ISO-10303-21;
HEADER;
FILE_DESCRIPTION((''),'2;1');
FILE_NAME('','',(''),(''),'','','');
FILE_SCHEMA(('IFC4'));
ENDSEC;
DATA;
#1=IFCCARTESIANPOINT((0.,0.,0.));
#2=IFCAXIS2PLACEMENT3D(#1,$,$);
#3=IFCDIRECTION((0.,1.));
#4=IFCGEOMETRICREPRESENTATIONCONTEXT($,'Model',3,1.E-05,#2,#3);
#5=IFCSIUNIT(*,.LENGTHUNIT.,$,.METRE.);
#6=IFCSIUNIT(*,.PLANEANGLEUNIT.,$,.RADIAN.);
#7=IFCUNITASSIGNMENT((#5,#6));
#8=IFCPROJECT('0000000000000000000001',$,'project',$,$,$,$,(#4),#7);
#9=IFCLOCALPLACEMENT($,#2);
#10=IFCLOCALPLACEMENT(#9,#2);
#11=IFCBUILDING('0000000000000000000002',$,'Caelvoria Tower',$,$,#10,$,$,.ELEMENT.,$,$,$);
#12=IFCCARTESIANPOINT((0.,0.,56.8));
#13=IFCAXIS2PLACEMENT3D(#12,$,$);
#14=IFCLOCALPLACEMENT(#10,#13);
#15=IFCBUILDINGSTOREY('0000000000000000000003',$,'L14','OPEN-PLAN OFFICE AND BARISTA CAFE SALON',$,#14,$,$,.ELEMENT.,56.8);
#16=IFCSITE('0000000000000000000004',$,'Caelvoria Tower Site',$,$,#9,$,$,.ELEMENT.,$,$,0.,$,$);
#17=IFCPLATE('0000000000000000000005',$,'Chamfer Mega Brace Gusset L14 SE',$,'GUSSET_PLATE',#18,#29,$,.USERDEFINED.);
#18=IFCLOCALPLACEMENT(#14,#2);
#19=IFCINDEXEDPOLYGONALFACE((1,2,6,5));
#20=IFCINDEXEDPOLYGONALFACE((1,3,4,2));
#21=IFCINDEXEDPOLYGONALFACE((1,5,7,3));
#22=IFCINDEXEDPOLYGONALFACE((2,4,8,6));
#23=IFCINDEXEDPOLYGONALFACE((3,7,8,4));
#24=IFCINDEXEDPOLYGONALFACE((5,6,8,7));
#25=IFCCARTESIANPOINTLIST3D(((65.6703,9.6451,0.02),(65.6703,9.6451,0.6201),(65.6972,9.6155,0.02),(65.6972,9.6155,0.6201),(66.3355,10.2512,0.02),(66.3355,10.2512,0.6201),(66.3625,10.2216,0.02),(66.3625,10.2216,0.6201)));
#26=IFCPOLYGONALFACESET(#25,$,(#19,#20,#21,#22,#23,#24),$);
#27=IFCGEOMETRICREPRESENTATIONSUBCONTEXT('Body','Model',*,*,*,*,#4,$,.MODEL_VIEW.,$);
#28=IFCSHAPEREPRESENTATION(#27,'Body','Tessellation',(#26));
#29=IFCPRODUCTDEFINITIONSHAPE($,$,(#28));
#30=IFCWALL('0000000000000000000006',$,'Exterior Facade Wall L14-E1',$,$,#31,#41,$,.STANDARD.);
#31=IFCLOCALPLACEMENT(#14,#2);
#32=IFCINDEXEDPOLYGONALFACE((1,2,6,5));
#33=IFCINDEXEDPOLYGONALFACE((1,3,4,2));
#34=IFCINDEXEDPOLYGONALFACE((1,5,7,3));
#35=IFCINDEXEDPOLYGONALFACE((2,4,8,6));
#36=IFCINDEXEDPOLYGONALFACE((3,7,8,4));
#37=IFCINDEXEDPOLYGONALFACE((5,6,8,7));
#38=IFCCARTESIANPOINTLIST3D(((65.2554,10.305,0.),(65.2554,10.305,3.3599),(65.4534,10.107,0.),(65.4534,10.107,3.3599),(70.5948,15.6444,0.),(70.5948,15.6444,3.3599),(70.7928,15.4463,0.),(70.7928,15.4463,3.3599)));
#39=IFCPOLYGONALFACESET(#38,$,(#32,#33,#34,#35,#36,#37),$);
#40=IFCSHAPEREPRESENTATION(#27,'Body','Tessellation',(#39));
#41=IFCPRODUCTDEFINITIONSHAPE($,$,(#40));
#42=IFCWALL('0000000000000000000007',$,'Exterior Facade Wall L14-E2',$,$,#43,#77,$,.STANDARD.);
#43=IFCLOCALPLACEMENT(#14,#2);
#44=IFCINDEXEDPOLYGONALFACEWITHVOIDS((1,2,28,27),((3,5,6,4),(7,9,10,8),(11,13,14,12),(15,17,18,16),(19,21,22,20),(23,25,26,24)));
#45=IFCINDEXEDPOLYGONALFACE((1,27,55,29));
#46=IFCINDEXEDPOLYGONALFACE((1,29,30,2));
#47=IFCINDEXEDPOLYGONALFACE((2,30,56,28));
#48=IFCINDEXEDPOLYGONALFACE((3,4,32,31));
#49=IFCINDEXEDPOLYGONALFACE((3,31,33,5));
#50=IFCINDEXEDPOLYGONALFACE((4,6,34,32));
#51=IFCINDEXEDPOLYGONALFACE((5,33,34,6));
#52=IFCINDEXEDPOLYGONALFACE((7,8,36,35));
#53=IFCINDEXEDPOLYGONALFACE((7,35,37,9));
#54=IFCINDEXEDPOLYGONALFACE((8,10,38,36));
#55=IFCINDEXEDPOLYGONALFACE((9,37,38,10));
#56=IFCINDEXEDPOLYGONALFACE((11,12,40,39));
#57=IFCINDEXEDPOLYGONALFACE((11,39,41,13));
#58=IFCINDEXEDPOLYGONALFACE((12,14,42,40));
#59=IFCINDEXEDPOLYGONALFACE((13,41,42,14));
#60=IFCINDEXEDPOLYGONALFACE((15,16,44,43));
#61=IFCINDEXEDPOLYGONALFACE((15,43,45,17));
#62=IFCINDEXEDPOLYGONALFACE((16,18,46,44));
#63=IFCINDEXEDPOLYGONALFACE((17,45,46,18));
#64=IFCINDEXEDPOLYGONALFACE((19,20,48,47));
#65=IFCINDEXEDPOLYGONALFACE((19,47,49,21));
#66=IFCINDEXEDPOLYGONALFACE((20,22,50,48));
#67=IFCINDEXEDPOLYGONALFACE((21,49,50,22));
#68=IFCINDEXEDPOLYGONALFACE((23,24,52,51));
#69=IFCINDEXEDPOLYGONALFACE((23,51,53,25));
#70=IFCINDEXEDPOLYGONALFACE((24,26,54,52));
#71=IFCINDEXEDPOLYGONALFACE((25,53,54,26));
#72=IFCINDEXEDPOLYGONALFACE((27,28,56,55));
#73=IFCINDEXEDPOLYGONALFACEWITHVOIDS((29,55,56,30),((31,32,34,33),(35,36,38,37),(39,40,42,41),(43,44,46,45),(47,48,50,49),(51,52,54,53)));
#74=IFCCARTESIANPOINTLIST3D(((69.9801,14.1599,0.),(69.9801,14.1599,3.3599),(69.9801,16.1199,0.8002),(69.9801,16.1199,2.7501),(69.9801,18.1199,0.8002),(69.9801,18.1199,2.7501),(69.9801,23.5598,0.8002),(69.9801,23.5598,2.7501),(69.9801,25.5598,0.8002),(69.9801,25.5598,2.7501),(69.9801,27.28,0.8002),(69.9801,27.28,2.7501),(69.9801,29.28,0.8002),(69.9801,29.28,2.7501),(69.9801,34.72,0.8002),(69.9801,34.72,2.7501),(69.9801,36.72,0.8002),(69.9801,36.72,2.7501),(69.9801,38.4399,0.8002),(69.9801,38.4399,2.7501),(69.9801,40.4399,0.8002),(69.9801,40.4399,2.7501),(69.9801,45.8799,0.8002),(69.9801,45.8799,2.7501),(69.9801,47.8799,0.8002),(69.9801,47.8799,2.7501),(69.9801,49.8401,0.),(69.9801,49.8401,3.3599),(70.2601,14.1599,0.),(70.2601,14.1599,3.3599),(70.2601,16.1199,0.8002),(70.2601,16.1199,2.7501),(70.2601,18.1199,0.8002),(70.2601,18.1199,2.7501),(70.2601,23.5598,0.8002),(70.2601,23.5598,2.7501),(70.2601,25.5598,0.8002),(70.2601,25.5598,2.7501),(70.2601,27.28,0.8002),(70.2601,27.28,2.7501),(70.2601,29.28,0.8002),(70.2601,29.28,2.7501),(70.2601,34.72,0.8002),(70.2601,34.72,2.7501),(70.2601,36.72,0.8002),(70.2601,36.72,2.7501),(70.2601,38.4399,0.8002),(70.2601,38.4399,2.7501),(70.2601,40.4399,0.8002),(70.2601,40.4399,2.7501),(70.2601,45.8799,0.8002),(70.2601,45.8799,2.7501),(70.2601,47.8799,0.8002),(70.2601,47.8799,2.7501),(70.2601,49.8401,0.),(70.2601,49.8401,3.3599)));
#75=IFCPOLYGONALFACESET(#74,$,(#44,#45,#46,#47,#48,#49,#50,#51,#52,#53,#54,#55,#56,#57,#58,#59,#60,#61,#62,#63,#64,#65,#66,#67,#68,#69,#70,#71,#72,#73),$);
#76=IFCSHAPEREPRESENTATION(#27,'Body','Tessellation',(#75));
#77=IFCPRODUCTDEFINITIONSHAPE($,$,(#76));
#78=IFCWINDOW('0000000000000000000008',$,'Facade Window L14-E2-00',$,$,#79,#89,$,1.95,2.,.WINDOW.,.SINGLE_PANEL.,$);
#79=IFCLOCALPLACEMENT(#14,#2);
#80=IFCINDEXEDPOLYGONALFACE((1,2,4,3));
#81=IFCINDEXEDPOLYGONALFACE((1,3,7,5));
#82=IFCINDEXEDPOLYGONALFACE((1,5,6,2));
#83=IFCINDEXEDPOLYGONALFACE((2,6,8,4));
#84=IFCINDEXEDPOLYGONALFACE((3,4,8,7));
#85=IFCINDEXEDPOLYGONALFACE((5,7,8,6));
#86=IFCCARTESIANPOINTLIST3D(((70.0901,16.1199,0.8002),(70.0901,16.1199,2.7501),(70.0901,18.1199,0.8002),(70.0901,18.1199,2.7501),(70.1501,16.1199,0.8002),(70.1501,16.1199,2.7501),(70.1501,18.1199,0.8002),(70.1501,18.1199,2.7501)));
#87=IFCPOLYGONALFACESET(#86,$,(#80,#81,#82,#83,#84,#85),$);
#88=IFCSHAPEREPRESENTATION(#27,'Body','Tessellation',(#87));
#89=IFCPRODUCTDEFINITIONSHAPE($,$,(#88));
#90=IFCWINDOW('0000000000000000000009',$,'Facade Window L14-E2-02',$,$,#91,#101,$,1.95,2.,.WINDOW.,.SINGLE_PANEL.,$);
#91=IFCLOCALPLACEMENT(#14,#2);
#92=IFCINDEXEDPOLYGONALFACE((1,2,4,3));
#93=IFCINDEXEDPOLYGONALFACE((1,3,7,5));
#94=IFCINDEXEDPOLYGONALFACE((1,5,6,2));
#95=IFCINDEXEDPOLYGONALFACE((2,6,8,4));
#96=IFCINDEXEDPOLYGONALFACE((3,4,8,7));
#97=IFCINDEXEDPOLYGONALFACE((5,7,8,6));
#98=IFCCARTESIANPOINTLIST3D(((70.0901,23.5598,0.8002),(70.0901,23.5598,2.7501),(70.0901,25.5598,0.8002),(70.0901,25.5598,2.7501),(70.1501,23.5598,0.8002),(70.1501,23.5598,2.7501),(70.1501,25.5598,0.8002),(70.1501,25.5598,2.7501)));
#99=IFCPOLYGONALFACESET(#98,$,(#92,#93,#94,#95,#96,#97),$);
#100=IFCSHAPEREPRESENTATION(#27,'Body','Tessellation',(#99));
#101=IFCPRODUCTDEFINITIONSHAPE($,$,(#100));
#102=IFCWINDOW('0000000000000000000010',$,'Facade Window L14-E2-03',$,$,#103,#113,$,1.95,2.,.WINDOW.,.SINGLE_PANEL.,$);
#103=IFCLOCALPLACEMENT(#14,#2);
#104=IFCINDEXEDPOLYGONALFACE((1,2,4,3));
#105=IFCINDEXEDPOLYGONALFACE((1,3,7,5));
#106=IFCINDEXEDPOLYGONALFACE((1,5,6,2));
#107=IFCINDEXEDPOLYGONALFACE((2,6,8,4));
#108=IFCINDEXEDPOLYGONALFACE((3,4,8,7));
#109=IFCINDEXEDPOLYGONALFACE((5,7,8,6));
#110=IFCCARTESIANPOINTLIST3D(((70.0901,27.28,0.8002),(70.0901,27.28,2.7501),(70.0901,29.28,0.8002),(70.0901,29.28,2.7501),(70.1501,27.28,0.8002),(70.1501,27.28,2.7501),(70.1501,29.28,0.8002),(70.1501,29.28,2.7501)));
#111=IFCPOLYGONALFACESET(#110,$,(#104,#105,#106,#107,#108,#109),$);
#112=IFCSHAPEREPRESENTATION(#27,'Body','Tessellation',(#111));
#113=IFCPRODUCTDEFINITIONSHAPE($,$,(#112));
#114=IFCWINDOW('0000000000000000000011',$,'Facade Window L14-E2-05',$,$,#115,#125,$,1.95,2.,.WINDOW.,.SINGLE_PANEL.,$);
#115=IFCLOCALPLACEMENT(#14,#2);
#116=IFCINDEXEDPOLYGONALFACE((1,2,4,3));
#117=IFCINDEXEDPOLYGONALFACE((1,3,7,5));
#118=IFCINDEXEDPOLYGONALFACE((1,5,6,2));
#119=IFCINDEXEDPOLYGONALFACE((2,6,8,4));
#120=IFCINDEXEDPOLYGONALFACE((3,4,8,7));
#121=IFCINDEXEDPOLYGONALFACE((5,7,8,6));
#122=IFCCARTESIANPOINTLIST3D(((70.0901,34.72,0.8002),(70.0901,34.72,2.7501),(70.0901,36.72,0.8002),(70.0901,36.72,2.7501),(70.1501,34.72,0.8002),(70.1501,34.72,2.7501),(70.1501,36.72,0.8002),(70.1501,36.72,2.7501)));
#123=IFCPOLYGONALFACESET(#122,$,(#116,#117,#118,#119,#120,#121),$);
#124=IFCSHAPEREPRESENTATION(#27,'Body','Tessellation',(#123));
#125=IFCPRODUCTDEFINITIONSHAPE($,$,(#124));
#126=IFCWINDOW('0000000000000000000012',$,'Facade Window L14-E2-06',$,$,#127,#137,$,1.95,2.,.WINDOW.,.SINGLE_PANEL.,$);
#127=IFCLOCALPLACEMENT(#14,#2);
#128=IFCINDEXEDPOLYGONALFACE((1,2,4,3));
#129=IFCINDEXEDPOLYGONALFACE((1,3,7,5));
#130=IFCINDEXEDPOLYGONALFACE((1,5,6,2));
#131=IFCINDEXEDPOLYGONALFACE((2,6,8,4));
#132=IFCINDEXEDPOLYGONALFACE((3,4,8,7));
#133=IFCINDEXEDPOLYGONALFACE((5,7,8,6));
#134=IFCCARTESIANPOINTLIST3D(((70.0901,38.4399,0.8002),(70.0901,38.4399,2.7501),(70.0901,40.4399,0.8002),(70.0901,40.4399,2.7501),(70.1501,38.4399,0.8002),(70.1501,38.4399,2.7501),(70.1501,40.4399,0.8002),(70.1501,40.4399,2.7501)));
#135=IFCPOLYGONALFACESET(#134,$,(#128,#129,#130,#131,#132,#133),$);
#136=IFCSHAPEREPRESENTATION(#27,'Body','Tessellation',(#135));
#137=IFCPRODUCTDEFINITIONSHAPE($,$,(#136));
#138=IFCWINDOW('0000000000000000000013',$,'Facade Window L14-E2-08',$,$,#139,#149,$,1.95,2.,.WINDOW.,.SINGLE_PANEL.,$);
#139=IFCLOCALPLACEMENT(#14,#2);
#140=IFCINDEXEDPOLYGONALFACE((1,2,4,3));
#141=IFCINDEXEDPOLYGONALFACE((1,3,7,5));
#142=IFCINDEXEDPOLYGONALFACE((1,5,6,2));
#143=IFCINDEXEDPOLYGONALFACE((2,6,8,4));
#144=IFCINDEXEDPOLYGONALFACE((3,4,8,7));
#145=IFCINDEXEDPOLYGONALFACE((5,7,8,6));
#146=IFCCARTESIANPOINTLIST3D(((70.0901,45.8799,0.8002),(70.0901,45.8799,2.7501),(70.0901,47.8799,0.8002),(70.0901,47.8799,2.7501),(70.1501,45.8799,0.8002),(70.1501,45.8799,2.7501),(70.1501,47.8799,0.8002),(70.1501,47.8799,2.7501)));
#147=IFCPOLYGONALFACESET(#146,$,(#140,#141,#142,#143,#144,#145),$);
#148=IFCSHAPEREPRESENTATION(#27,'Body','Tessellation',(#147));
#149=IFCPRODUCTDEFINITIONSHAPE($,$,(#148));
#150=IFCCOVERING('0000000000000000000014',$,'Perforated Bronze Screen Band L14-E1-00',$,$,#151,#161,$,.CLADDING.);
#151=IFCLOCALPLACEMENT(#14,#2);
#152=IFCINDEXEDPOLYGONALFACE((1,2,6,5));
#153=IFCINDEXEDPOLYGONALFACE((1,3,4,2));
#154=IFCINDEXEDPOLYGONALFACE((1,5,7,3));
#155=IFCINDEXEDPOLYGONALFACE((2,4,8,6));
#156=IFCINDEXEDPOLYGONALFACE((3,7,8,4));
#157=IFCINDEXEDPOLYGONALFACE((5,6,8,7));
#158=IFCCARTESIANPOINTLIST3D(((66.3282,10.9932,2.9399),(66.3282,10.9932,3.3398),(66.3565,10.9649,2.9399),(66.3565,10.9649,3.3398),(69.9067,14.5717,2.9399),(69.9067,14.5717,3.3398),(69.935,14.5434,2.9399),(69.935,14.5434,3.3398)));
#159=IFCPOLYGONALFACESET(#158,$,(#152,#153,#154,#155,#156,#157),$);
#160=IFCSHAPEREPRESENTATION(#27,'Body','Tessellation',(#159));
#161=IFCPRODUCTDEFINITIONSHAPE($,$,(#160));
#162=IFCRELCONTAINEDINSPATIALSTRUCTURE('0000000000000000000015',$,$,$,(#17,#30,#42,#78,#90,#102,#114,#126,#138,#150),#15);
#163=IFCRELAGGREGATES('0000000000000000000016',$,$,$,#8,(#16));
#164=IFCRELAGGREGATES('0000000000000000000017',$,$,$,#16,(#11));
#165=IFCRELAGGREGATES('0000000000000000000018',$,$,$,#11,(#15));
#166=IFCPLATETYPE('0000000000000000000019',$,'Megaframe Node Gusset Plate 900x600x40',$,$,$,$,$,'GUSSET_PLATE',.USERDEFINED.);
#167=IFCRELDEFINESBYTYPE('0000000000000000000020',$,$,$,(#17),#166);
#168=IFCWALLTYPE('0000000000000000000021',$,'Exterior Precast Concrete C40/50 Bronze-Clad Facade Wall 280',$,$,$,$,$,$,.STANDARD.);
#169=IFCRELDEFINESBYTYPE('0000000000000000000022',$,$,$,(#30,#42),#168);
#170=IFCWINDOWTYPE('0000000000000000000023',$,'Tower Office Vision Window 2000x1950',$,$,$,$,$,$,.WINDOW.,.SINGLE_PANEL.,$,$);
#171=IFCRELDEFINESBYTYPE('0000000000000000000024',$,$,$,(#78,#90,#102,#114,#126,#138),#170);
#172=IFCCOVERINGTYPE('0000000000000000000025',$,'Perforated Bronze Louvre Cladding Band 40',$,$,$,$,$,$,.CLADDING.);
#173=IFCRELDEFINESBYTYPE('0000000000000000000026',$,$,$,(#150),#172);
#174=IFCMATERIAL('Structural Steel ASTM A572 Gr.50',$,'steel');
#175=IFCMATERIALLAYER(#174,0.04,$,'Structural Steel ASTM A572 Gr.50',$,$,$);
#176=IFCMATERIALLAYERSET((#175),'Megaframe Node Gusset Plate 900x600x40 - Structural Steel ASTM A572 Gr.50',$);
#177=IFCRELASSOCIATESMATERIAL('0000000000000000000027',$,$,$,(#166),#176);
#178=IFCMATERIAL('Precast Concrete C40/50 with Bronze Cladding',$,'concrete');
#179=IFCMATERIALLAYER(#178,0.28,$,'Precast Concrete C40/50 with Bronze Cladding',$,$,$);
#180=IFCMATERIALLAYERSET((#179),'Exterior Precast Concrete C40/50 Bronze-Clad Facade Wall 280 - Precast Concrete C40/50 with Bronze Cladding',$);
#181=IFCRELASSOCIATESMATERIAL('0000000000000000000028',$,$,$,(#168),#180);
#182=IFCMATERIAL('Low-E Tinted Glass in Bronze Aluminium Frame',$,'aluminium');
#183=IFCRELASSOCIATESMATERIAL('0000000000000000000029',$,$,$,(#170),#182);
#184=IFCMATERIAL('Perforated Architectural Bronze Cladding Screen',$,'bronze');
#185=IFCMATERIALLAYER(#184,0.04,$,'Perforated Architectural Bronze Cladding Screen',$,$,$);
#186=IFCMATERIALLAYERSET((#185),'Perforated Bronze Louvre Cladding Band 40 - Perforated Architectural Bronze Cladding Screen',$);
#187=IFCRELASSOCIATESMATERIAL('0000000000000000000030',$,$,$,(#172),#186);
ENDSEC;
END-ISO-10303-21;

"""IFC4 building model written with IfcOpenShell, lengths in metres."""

from ifc_helpers import new_model, si_unit, direction, frame, frame_2d, origin, origin_2d, place, context, subcontext, project, spatial, rectangle, extrude, material, layer, layer_set, type_object, element, fill, save


model = new_model("IFC4")

# Units and contexts
model_context = context("Model", 3, precision=1e-05, world=origin(), true_north=direction((0.0, 1.0)))
body_context = subcontext(model_context, "Body", "Model", "MODEL_VIEW")
ifc_project = project(units=[si_unit("LENGTHUNIT", "METRE"), si_unit("PLANEANGLEUNIT", "RADIAN")], contexts=[model_context])

# Site, building, storey
site_placement = place(None, origin())
site = spatial("IfcSite", under=ifc_project, at=site_placement, Name="Caelvoria Tower Site", CompositionType="ELEMENT", RefElevation=0.0)
building_placement = place(site_placement, origin())
building = spatial("IfcBuilding", under=site, at=building_placement, Name="Caelvoria Tower", CompositionType="ELEMENT")
storey_placement = place(building_placement, frame((0.0, 0.0, 56.8)))
storey = spatial("IfcBuildingStorey", under=building, at=storey_placement, Name="L14", Description="OPEN-PLAN OFFICE AND BARISTA CAFE SALON", CompositionType="ELEMENT", Elevation=56.8)

# Shared definitions
ifc_material_1 = material(Name="Structural Steel ASTM A572 Gr.50", Category="steel")

# Plate
ifc_layer_1 = layer(ifc_material_1, 0.04, Name="Structural Steel ASTM A572 Gr.50")
ifc_layer_set_1 = layer_set([ifc_layer_1], Name="Megaframe Node Gusset Plate 900x600x40 - Structural Steel ASTM A572 Gr.50")
plate_type = type_object("IfcPlateType", Name="Megaframe Node Gusset Plate 900x600x40", ElementType="GUSSET_PLATE", PredefinedType="USERDEFINED", material=ifc_layer_set_1)
plate_placement = place(storey_placement, frame((66.0164, 9.9333, 0.02), z_axis=(0.0, 0.0, 1.0), x_axis=(0.739221, 0.673463, 0.0)))
element("IfcPlate", 1, at=plate_placement, inside=storey, type_object=plate_type, Name="Chamfer Mega Brace Gusset L14 SE", ObjectType="GUSSET_PLATE", PredefinedType="USERDEFINED", context=body_context, shape_type="SweptSolid", body=[
    extrude(rectangle(XDim=0.8999, YDim=0.04, at=origin_2d()), origin(), (0.0, 0.0, 1.0), 0.6001),
])

# Wall
ifc_material_2 = material(Name="Precast Concrete C40/50 with Bronze Cladding", Category="concrete")
ifc_layer_2 = layer(ifc_material_2, 0.28, Name="Precast Concrete C40/50 with Bronze Cladding")
ifc_layer_set_2 = layer_set([ifc_layer_2], Name="Exterior Precast Concrete C40/50 Bronze-Clad Facade Wall 280 - Precast Concrete C40/50 with Bronze Cladding")
wall_type = type_object("IfcWallType", Name="Exterior Precast Concrete C40/50 Bronze-Clad Facade Wall 280", PredefinedType="STANDARD", material=ifc_layer_set_2)
wall_1_placement = place(storey_placement, frame((65.3545, 10.2061, 0.0), z_axis=(0.0, 0.0, 1.0), x_axis=(0.707107, 0.707107, 0.0)))
element("IfcWall", 2, at=wall_1_placement, inside=storey, type_object=wall_type, Name="Exterior Facade Wall L14-E1", PredefinedType="STANDARD", context=body_context, shape_type="SweptSolid", body=[
    extrude(rectangle(XDim=7.551, YDim=0.28, at=frame_2d((3.7754, 0.0))), origin(), (0.0, 0.0, 1.0), 3.3599),
])

# Wall, openings, windows
wall_2_placement = place(storey_placement, frame((70.1201, 14.1599, 0.0), z_axis=(0.0, 0.0, 1.0), x_axis=(0.0, 1.0, 0.0)))
wall_2 = element("IfcWall", 3, at=wall_2_placement, inside=storey, type_object=wall_type, Name="Exterior Facade Wall L14-E2", PredefinedType="STANDARD", context=body_context, shape_type="SweptSolid", body=[
    extrude(rectangle(XDim=35.6802, YDim=0.28, at=frame_2d((17.8401, 0.0))), origin(), (0.0, 0.0, 1.0), 3.3599),
])
opening_1_placement = place(wall_2_placement, frame((1.96, 0.0, 0.8)))
opening_1 = element("IfcOpeningElement", 4, at=opening_1_placement, cuts=wall_2, PredefinedType="OPENING", context=body_context, shape_type="SweptSolid", body=[
    extrude(rectangle(XDim=2.0, YDim=1.95, at=frame_2d((1.0, 0.9751))), frame((0.0, 0.1499, 0.0), z_axis=(0.0, -1.0, 0.0), x_axis=(1.0, 0.0, 0.0)), (0.0, 0.0, 1.0), 0.3),
])
opening_2_placement = place(wall_2_placement, frame((9.3999, 0.0, 0.8)))
opening_2 = element("IfcOpeningElement", 5, at=opening_2_placement, cuts=wall_2, PredefinedType="OPENING", context=body_context, shape_type="SweptSolid", body=[
    extrude(rectangle(XDim=2.0, YDim=1.95, at=frame_2d((1.0, 0.9751))), frame((0.0, 0.1499, 0.0), z_axis=(0.0, -1.0, 0.0), x_axis=(1.0, 0.0, 0.0)), (0.0, 0.0, 1.0), 0.3),
])
opening_3_placement = place(wall_2_placement, frame((13.1201, 0.0, 0.8)))
opening_3 = element("IfcOpeningElement", 6, at=opening_3_placement, cuts=wall_2, PredefinedType="OPENING", context=body_context, shape_type="SweptSolid", body=[
    extrude(rectangle(XDim=2.0, YDim=1.95, at=frame_2d((1.0, 0.9751))), frame((0.0, 0.1499, 0.0), z_axis=(0.0, -1.0, 0.0), x_axis=(1.0, 0.0, 0.0)), (0.0, 0.0, 1.0), 0.3),
])
opening_4_placement = place(wall_2_placement, frame((20.5601, 0.0, 0.8)))
opening_4 = element("IfcOpeningElement", 7, at=opening_4_placement, cuts=wall_2, PredefinedType="OPENING", context=body_context, shape_type="SweptSolid", body=[
    extrude(rectangle(XDim=2.0, YDim=1.95, at=frame_2d((1.0, 0.9751))), frame((0.0, 0.1499, 0.0), z_axis=(0.0, -1.0, 0.0), x_axis=(1.0, 0.0, 0.0)), (0.0, 0.0, 1.0), 0.3),
])
opening_5_placement = place(wall_2_placement, frame((24.28, 0.0, 0.8)))
opening_5 = element("IfcOpeningElement", 8, at=opening_5_placement, cuts=wall_2, PredefinedType="OPENING", context=body_context, shape_type="SweptSolid", body=[
    extrude(rectangle(XDim=2.0, YDim=1.95, at=frame_2d((1.0, 0.9751))), frame((0.0, 0.1499, 0.0), z_axis=(0.0, -1.0, 0.0), x_axis=(1.0, 0.0, 0.0)), (0.0, 0.0, 1.0), 0.3),
])
opening_6_placement = place(wall_2_placement, frame((31.72, 0.0, 0.8)))
opening_6 = element("IfcOpeningElement", 9, at=opening_6_placement, cuts=wall_2, PredefinedType="OPENING", context=body_context, shape_type="SweptSolid", body=[
    extrude(rectangle(XDim=2.0, YDim=1.95, at=frame_2d((1.0, 0.9751))), frame((0.0, 0.1499, 0.0), z_axis=(0.0, -1.0, 0.0), x_axis=(1.0, 0.0, 0.0)), (0.0, 0.0, 1.0), 0.3),
])
ifc_material_3 = material(Name="Low-E Tinted Glass in Bronze Aluminium Frame", Category="aluminium")
window_type = type_object("IfcWindowType", Name="Tower Office Vision Window 2000x1950", PartitioningType="SINGLE_PANEL", PredefinedType="WINDOW", material=ifc_material_3)
window_1_placement = place(opening_1_placement, origin())
window_1 = element("IfcWindow", 10, at=window_1_placement, inside=storey, type_object=window_type, Name="Facade Window L14-E2-00", OverallHeight=1.95, OverallWidth=2.0, PartitioningType="SINGLE_PANEL", PredefinedType="WINDOW", context=body_context, shape_type="SweptSolid", body=[
    extrude(rectangle(XDim=2.0, YDim=1.95, at=frame_2d((1.0, 0.9751))), frame((0.0, 0.03, 0.0), z_axis=(0.0, -1.0, 0.0), x_axis=(1.0, 0.0, 0.0)), (0.0, 0.0, 1.0), 0.0601),
])
fill(opening_1, window_1)
window_2_placement = place(opening_2_placement, origin())
window_2 = element("IfcWindow", 11, at=window_2_placement, inside=storey, type_object=window_type, Name="Facade Window L14-E2-02", OverallHeight=1.95, OverallWidth=2.0, PartitioningType="SINGLE_PANEL", PredefinedType="WINDOW", context=body_context, shape_type="SweptSolid", body=[
    extrude(rectangle(XDim=2.0, YDim=1.95, at=frame_2d((1.0, 0.9751))), frame((0.0, 0.03, 0.0), z_axis=(0.0, -1.0, 0.0), x_axis=(1.0, 0.0, 0.0)), (0.0, 0.0, 1.0), 0.0601),
])
fill(opening_2, window_2)
window_3_placement = place(opening_3_placement, origin())
window_3 = element("IfcWindow", 12, at=window_3_placement, inside=storey, type_object=window_type, Name="Facade Window L14-E2-03", OverallHeight=1.95, OverallWidth=2.0, PartitioningType="SINGLE_PANEL", PredefinedType="WINDOW", context=body_context, shape_type="SweptSolid", body=[
    extrude(rectangle(XDim=2.0, YDim=1.95, at=frame_2d((1.0, 0.9751))), frame((0.0, 0.03, 0.0), z_axis=(0.0, -1.0, 0.0), x_axis=(1.0, 0.0, 0.0)), (0.0, 0.0, 1.0), 0.0601),
])
fill(opening_3, window_3)
window_4_placement = place(opening_4_placement, origin())
window_4 = element("IfcWindow", 13, at=window_4_placement, inside=storey, type_object=window_type, Name="Facade Window L14-E2-05", OverallHeight=1.95, OverallWidth=2.0, PartitioningType="SINGLE_PANEL", PredefinedType="WINDOW", context=body_context, shape_type="SweptSolid", body=[
    extrude(rectangle(XDim=2.0, YDim=1.95, at=frame_2d((1.0, 0.9751))), frame((0.0, 0.03, 0.0), z_axis=(0.0, -1.0, 0.0), x_axis=(1.0, 0.0, 0.0)), (0.0, 0.0, 1.0), 0.0601),
])
fill(opening_4, window_4)
window_5_placement = place(opening_5_placement, origin())
window_5 = element("IfcWindow", 14, at=window_5_placement, inside=storey, type_object=window_type, Name="Facade Window L14-E2-06", OverallHeight=1.95, OverallWidth=2.0, PartitioningType="SINGLE_PANEL", PredefinedType="WINDOW", context=body_context, shape_type="SweptSolid", body=[
    extrude(rectangle(XDim=2.0, YDim=1.95, at=frame_2d((1.0, 0.9751))), frame((0.0, 0.03, 0.0), z_axis=(0.0, -1.0, 0.0), x_axis=(1.0, 0.0, 0.0)), (0.0, 0.0, 1.0), 0.0601),
])
fill(opening_5, window_5)
window_6_placement = place(opening_6_placement, origin())
window_6 = element("IfcWindow", 15, at=window_6_placement, inside=storey, type_object=window_type, Name="Facade Window L14-E2-08", OverallHeight=1.95, OverallWidth=2.0, PartitioningType="SINGLE_PANEL", PredefinedType="WINDOW", context=body_context, shape_type="SweptSolid", body=[
    extrude(rectangle(XDim=2.0, YDim=1.95, at=frame_2d((1.0, 0.9751))), frame((0.0, 0.03, 0.0), z_axis=(0.0, -1.0, 0.0), x_axis=(1.0, 0.0, 0.0)), (0.0, 0.0, 1.0), 0.0601),
])
fill(opening_6, window_6)

# Covering
ifc_material_4 = material(Name="Perforated Architectural Bronze Cladding Screen", Category="bronze")
ifc_layer_3 = layer(ifc_material_4, 0.04, Name="Perforated Architectural Bronze Cladding Screen")
ifc_layer_set_3 = layer_set([ifc_layer_3], Name="Perforated Bronze Louvre Cladding Band 40 - Perforated Architectural Bronze Cladding Screen")
covering_type = type_object("IfcCoveringType", Name="Perforated Bronze Louvre Cladding Band 40", PredefinedType="CLADDING", material=ifc_layer_set_3)
covering_placement = place(storey_placement, frame((68.1316, 12.7683, 2.9399), z_axis=(0.0, 0.0, 1.0), x_axis=(0.707107, 0.707107, 0.0)))
element("IfcCovering", 16, at=covering_placement, inside=storey, type_object=covering_type, Name="Perforated Bronze Screen Band L14-E1-00", PredefinedType="CLADDING", context=body_context, shape_type="SweptSolid", body=[
    extrude(rectangle(XDim=5.0608, YDim=0.04, at=origin_2d()), origin(), (0.0, 0.0, 1.0), 0.3999),
])

save(model, "model.ifc")
